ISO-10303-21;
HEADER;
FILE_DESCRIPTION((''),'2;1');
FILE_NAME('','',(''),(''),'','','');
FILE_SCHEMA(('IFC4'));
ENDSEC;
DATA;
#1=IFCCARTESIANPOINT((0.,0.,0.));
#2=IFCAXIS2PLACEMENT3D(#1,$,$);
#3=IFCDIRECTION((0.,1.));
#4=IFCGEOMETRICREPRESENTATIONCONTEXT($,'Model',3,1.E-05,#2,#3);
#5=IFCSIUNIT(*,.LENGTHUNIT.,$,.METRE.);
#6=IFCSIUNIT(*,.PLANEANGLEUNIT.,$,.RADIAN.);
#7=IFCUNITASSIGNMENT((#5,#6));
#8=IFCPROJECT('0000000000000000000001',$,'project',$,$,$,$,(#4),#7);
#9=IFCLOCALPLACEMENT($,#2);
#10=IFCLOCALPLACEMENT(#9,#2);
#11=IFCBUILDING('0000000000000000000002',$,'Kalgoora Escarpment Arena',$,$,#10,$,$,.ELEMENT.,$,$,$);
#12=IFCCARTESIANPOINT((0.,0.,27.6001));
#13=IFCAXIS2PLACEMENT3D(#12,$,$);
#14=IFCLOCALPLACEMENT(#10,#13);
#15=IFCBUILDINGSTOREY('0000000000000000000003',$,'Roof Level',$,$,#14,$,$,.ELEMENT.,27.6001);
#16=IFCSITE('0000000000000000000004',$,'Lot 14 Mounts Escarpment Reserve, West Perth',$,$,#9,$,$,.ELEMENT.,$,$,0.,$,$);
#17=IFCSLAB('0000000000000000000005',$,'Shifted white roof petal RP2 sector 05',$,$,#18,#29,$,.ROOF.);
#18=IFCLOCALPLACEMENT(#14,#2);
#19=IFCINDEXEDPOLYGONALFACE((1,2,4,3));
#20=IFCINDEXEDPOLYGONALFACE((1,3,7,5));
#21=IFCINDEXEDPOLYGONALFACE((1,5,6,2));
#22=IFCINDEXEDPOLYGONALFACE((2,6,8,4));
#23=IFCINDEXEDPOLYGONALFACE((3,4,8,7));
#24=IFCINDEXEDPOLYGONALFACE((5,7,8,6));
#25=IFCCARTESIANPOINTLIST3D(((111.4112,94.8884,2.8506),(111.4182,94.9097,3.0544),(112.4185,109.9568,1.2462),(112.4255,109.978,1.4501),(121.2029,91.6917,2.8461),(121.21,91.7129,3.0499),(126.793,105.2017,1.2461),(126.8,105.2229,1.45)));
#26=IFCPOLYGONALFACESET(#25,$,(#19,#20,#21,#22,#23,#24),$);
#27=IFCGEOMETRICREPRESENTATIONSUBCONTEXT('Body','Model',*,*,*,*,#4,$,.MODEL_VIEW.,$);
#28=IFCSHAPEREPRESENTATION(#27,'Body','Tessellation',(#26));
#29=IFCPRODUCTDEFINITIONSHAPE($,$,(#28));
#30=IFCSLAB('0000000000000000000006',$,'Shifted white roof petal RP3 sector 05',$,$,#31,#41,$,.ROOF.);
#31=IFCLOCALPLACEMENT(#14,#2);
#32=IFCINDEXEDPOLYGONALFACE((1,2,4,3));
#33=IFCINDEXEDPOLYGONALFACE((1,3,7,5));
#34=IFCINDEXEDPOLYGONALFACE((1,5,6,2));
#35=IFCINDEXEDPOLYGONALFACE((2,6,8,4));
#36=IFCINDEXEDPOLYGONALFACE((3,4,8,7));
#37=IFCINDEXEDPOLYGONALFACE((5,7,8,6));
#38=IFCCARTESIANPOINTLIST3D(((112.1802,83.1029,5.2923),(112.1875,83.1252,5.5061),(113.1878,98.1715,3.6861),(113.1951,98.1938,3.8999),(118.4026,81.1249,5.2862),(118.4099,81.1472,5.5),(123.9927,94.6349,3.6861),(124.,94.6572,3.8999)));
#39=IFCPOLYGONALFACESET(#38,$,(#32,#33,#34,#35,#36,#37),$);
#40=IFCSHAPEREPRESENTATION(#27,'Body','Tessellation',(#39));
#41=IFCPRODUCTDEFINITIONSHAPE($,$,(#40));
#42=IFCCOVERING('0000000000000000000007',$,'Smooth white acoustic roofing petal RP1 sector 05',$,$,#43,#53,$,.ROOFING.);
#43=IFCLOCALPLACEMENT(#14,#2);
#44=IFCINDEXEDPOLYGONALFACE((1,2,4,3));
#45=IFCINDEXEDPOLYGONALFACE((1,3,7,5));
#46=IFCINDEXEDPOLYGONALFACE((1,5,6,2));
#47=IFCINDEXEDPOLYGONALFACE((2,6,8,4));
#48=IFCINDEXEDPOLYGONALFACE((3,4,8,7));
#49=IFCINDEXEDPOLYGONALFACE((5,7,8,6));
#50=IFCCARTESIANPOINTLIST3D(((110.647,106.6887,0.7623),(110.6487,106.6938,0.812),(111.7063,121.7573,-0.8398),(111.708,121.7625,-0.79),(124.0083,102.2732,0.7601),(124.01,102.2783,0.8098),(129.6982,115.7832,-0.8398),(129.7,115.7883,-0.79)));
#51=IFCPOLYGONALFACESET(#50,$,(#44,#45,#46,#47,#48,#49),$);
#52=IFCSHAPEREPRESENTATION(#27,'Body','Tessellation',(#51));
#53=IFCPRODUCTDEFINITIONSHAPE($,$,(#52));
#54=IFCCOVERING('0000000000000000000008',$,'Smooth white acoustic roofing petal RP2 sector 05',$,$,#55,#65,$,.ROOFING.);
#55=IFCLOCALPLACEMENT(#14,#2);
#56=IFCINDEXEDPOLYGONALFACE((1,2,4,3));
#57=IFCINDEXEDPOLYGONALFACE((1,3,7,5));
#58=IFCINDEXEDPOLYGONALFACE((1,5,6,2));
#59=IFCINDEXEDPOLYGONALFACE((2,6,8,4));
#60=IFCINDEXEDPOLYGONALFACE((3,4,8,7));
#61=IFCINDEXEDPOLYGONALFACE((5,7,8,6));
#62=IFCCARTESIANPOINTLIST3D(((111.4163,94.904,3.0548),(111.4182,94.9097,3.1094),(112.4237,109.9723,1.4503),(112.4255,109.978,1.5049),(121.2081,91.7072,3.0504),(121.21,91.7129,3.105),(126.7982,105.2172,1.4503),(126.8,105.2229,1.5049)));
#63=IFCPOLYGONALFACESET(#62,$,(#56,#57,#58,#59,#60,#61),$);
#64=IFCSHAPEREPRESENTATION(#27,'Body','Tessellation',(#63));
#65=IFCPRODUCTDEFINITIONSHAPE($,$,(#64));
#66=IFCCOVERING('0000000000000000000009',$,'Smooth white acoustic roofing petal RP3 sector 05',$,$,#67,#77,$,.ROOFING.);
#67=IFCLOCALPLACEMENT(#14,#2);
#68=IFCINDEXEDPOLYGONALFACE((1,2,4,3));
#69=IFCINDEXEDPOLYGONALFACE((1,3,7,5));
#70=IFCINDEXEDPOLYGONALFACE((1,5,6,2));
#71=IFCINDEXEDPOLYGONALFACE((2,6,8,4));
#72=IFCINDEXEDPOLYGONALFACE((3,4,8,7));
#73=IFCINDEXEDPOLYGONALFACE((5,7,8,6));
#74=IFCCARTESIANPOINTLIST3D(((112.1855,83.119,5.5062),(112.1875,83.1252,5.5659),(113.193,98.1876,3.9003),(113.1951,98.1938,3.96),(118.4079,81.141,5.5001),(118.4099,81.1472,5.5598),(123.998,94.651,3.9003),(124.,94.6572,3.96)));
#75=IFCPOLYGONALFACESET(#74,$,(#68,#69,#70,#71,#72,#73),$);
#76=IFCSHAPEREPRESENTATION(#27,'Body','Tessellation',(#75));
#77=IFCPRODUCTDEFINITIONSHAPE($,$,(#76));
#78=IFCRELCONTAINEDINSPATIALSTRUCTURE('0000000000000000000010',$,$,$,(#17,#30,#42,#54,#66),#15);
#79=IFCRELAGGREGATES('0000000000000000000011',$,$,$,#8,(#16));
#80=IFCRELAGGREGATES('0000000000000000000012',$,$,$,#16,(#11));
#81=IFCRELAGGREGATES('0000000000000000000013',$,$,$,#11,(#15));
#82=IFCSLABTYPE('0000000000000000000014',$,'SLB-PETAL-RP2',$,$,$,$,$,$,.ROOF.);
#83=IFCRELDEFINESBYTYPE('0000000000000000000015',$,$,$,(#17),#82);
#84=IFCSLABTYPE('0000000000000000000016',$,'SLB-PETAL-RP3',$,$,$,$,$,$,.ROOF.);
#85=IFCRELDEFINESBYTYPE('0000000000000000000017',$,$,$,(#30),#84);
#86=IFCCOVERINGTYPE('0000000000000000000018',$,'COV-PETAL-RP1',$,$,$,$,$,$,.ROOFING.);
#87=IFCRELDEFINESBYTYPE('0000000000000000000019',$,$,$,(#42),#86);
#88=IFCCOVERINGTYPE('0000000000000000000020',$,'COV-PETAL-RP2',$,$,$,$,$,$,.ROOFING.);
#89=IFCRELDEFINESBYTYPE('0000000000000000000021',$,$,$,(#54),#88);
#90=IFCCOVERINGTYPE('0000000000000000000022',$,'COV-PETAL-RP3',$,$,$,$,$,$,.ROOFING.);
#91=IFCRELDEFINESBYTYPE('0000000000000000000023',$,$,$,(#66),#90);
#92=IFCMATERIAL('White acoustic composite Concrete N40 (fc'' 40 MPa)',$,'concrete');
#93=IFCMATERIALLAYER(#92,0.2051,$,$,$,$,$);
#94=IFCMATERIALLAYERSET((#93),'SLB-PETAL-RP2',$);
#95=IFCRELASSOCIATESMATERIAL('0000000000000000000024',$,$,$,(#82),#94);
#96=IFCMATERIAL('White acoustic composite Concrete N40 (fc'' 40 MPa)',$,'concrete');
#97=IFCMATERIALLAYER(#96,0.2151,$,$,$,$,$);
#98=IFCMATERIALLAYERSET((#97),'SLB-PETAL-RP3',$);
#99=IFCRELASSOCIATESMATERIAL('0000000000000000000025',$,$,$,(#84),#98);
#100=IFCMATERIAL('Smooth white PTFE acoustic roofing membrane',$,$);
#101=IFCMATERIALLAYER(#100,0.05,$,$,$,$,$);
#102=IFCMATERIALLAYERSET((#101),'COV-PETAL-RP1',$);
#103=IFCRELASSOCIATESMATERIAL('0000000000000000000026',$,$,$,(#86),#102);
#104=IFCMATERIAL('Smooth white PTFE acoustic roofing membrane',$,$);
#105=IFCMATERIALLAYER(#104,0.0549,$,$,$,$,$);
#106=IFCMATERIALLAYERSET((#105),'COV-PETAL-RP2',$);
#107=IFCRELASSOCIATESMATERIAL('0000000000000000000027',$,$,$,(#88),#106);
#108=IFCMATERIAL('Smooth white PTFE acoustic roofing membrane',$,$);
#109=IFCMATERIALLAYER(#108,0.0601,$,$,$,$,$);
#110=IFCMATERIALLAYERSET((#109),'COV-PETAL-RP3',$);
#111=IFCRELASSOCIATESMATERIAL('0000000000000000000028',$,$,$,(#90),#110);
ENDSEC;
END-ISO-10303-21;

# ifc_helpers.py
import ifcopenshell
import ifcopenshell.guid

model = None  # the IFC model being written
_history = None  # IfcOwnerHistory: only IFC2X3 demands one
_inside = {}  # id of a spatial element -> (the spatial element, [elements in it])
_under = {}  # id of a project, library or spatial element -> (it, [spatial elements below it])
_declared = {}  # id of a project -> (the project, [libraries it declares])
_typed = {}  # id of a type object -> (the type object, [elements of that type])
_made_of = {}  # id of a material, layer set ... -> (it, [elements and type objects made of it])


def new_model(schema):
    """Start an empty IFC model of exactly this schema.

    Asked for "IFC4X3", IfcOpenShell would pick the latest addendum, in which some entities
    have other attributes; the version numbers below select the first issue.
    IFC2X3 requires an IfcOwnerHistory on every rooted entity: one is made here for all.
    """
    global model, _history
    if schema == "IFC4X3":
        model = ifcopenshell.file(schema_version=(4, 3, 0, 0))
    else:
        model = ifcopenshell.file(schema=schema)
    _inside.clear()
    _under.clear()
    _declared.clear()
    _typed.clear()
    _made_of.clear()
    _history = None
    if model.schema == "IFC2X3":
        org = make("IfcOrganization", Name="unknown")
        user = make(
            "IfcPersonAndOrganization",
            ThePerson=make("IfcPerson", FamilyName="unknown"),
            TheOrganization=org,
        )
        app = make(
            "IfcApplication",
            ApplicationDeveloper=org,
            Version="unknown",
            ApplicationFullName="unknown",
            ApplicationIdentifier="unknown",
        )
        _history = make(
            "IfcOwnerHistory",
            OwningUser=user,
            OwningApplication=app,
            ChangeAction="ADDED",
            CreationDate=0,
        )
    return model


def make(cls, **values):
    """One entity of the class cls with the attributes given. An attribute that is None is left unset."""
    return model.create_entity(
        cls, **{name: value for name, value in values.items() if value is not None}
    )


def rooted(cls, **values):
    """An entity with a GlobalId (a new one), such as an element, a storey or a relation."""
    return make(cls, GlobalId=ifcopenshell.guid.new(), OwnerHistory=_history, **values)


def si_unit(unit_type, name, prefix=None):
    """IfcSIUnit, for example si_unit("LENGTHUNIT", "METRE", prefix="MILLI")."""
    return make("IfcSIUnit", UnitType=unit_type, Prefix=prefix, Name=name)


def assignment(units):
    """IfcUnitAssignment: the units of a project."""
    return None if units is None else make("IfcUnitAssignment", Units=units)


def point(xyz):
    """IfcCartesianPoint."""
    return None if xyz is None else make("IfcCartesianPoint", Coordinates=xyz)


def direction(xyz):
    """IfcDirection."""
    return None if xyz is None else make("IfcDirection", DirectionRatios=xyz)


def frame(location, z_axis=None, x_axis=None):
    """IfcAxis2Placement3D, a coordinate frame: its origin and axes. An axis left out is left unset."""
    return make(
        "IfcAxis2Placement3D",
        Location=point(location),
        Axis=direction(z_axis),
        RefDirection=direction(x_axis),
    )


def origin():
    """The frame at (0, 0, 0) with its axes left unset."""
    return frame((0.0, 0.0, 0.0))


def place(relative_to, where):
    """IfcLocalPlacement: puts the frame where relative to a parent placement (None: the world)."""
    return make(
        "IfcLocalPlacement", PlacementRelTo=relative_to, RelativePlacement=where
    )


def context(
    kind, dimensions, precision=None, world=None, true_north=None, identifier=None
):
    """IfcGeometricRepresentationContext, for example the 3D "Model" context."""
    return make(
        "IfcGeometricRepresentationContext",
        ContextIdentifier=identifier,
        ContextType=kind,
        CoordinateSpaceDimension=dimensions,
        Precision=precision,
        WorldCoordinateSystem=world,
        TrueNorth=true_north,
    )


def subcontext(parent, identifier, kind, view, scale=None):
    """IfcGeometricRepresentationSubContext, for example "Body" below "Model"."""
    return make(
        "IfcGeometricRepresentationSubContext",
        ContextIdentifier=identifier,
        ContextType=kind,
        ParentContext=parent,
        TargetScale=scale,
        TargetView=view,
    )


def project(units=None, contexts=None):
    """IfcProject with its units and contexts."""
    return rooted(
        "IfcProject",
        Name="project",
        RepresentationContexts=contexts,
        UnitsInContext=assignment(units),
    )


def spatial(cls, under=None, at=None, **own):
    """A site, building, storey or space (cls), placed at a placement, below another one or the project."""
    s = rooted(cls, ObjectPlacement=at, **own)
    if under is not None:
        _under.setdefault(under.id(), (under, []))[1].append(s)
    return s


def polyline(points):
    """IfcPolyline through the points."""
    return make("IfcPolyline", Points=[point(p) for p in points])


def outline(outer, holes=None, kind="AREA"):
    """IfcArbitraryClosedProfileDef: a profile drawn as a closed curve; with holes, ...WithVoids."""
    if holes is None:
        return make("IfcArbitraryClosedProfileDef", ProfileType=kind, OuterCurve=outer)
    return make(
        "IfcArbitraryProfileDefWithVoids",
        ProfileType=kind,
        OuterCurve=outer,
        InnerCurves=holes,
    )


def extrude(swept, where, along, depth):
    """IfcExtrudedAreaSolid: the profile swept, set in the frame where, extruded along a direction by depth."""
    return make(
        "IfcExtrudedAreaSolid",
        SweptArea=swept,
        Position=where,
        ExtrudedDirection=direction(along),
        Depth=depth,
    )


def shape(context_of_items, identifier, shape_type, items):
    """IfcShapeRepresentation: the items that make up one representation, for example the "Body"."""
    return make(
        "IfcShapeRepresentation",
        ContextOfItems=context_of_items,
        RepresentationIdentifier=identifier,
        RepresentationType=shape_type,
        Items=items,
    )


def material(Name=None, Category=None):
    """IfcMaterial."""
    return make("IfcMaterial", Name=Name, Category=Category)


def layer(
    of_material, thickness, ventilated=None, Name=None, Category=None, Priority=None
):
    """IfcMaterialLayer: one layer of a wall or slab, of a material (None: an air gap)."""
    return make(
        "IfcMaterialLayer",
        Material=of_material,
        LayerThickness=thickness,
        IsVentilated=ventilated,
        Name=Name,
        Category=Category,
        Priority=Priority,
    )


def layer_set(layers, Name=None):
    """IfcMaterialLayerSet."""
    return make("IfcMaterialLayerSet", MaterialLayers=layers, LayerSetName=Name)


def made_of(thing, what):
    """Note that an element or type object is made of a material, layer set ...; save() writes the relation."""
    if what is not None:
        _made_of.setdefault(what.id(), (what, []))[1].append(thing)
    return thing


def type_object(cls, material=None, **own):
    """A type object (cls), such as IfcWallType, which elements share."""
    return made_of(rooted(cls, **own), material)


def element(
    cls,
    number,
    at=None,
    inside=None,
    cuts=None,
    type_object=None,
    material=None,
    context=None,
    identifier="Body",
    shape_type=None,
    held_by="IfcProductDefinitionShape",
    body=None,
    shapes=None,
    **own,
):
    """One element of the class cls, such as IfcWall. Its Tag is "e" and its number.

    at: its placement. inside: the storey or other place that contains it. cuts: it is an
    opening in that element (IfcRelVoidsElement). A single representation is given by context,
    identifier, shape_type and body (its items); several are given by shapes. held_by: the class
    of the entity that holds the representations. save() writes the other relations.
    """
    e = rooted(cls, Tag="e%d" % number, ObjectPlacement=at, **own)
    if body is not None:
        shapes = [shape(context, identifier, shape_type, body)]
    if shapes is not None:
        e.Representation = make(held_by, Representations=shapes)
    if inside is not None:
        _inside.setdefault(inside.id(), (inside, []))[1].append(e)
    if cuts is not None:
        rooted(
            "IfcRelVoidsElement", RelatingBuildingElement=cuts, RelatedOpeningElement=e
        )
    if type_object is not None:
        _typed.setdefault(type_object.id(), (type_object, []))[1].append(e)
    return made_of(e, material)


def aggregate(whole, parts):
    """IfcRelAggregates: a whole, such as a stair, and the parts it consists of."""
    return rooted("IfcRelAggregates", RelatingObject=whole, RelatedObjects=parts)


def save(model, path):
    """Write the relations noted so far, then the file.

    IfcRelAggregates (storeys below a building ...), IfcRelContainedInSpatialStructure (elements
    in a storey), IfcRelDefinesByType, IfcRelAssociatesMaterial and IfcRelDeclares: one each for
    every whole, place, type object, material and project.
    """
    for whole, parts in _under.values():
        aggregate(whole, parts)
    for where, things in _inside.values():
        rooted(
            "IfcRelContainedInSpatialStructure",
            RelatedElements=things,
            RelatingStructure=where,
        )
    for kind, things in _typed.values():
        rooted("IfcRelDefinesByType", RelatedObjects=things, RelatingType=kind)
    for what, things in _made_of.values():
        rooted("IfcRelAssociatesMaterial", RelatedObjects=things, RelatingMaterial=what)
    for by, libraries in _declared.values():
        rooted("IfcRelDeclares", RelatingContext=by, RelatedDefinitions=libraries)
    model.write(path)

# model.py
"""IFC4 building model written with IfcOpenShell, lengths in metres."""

from ifc_helpers import new_model, si_unit, direction, frame, origin, place, context, subcontext, project, spatial, polyline, outline, extrude, material, layer, layer_set, type_object, element, save


model = new_model("IFC4")

# Units and contexts
model_context = context("Model", 3, precision=1e-05, world=origin(), true_north=direction((0.0, 1.0)))
body_context = subcontext(model_context, "Body", "Model", "MODEL_VIEW")
ifc_project = project(units=[si_unit("LENGTHUNIT", "METRE"), si_unit("PLANEANGLEUNIT", "RADIAN")], contexts=[model_context])

# Site, building, storey
site_placement = place(None, origin())
site = spatial("IfcSite", under=ifc_project, at=site_placement, Name="Lot 14 Mounts Escarpment Reserve, West Perth", CompositionType="ELEMENT", RefElevation=0.0)
building_placement = place(site_placement, origin())
building = spatial("IfcBuilding", under=site, at=building_placement, Name="Kalgoora Escarpment Arena", CompositionType="ELEMENT")
storey_placement = place(building_placement, frame((0.0, 0.0, 27.6001)))
storey = spatial("IfcBuildingStorey", under=building, at=storey_placement, Name="Roof Level", CompositionType="ELEMENT", Elevation=27.6001)

# Slabs
ifc_material_1 = material(Name="White acoustic composite Concrete N40 (fc' 40 MPa)", Category="concrete")
ifc_layer_1 = layer(ifc_material_1, 0.2051)
ifc_layer_set_1 = layer_set([ifc_layer_1], Name="SLB-PETAL-RP2")
slab_type_1 = type_object("IfcSlabType", Name="SLB-PETAL-RP2", PredefinedType="ROOF", material=ifc_layer_set_1)
slab_1_placement = place(storey_placement, frame((126.8, 105.2229, 1.45), z_axis=(0.034263, 0.103546, 0.994034), x_axis=(-0.949401, 0.314066, 0.000009)))
element("IfcSlab", 1, at=slab_1_placement, inside=storey, type_object=slab_type_1, Name="Shifted white roof petal RP2 sector 05", PredefinedType="ROOF", context=body_context, shape_type="SweptSolid", body=[
    extrude(outline(polyline([(0.0, 0.0), (15.1406, 0.0), (11.3645, 14.7101), (1.0642, 14.6696), (0.0, 0.0)])), origin(), (0.0, 0.0, -1.0), 0.2051),
])
ifc_material_2 = material(Name="White acoustic composite Concrete N40 (fc' 40 MPa)", Category="concrete")
ifc_layer_2 = layer(ifc_material_2, 0.2151)
ifc_layer_set_2 = layer_set([ifc_layer_2], Name="SLB-PETAL-RP3")
slab_type_2 = type_object("IfcSlabType", Name="SLB-PETAL-RP3", PredefinedType="ROOF", material=ifc_layer_set_2)
slab_2_placement = place(storey_placement, frame((124.0, 94.6572, 3.8999), z_axis=(0.033938, 0.103688, 0.994031), x_axis=(-0.950385, 0.311076, -0.000001)))
element("IfcSlab", 2, at=slab_2_placement, inside=storey, type_object=slab_type_2, Name="Shifted white roof petal RP3 sector 05", PredefinedType="ROOF", context=body_context, shape_type="SweptSolid", body=[
    extrude(outline(polyline([(0.0, 0.0), (11.369, 0.0), (7.6391, 14.7223), (1.1101, 14.6662), (0.0, 0.0)])), origin(), (0.0, 0.0, -1.0), 0.2151),
])

# Coverings
ifc_material_3 = material(Name="Smooth white PTFE acoustic roofing membrane")
ifc_layer_3 = layer(ifc_material_3, 0.05)
ifc_layer_set_3 = layer_set([ifc_layer_3], Name="COV-PETAL-RP1")
covering_type_1 = type_object("IfcCoveringType", Name="COV-PETAL-RP1", PredefinedType="ROOFING", material=ifc_layer_set_3)
covering_1_placement = place(storey_placement, frame((129.7, 115.7883, -0.79), z_axis=(0.034292, 0.103275, 0.994062), x_axis=(-0.94905, 0.315127, 0.0)))
element("IfcCovering", 3, at=covering_1_placement, inside=storey, type_object=covering_type_1, Name="Smooth white acoustic roofing petal RP1 sector 05", PredefinedType="ROOFING", context=body_context, shape_type="SweptSolid", body=[
    extrude(outline(polyline([(0.0, 0.0), (18.9579, 0.0), (15.2147, 14.7221), (1.1427, 14.702), (0.0, 0.0)])), origin(), (0.0, 0.0, -1.0), 0.05),
])
ifc_material_4 = material(Name="Smooth white PTFE acoustic roofing membrane")
ifc_layer_4 = layer(ifc_material_4, 0.0549)
ifc_layer_set_4 = layer_set([ifc_layer_4], Name="COV-PETAL-RP2")
covering_type_2 = type_object("IfcCoveringType", Name="COV-PETAL-RP2", PredefinedType="ROOFING", material=ifc_layer_set_4)
covering_2_placement = place(storey_placement, frame((126.8, 105.2229, 1.5049), z_axis=(0.034256, 0.103556, 0.994034), x_axis=(-0.949402, 0.314065, -0.000001)))
element("IfcCovering", 4, at=covering_2_placement, inside=storey, type_object=covering_type_2, Name="Smooth white acoustic roofing petal RP2 sector 05", PredefinedType="ROOFING", context=body_context, shape_type="SweptSolid", body=[
    extrude(outline(polyline([(0.0, 0.0), (15.1406, 0.0), (11.3645, 14.7101), (1.0642, 14.6696), (0.0, 0.0)])), origin(), (0.0, 0.0, -1.0), 0.0549),
])
ifc_material_5 = material(Name="Smooth white PTFE acoustic roofing membrane")
ifc_layer_5 = layer(ifc_material_5, 0.0601)
ifc_layer_set_5 = layer_set([ifc_layer_5], Name="COV-PETAL-RP3")
covering_type_3 = type_object("IfcCoveringType", Name="COV-PETAL-RP3", PredefinedType="ROOFING", material=ifc_layer_set_5)
covering_3_placement = place(storey_placement, frame((124.0, 94.6572, 3.96), z_axis=(0.033933, 0.103672, 0.994033), x_axis=(-0.950385, 0.311076, -0.000001)))
element("IfcCovering", 5, at=covering_3_placement, inside=storey, type_object=covering_type_3, Name="Smooth white acoustic roofing petal RP3 sector 05", PredefinedType="ROOFING", context=body_context, shape_type="SweptSolid", body=[
    extrude(outline(polyline([(0.0, 0.0), (11.369, 0.0), (7.6391, 14.7223), (1.1101, 14.6662), (0.0, 0.0)])), origin(), (0.0, 0.0, -1.0), 0.0601),
])

save(model, "model.ifc")
